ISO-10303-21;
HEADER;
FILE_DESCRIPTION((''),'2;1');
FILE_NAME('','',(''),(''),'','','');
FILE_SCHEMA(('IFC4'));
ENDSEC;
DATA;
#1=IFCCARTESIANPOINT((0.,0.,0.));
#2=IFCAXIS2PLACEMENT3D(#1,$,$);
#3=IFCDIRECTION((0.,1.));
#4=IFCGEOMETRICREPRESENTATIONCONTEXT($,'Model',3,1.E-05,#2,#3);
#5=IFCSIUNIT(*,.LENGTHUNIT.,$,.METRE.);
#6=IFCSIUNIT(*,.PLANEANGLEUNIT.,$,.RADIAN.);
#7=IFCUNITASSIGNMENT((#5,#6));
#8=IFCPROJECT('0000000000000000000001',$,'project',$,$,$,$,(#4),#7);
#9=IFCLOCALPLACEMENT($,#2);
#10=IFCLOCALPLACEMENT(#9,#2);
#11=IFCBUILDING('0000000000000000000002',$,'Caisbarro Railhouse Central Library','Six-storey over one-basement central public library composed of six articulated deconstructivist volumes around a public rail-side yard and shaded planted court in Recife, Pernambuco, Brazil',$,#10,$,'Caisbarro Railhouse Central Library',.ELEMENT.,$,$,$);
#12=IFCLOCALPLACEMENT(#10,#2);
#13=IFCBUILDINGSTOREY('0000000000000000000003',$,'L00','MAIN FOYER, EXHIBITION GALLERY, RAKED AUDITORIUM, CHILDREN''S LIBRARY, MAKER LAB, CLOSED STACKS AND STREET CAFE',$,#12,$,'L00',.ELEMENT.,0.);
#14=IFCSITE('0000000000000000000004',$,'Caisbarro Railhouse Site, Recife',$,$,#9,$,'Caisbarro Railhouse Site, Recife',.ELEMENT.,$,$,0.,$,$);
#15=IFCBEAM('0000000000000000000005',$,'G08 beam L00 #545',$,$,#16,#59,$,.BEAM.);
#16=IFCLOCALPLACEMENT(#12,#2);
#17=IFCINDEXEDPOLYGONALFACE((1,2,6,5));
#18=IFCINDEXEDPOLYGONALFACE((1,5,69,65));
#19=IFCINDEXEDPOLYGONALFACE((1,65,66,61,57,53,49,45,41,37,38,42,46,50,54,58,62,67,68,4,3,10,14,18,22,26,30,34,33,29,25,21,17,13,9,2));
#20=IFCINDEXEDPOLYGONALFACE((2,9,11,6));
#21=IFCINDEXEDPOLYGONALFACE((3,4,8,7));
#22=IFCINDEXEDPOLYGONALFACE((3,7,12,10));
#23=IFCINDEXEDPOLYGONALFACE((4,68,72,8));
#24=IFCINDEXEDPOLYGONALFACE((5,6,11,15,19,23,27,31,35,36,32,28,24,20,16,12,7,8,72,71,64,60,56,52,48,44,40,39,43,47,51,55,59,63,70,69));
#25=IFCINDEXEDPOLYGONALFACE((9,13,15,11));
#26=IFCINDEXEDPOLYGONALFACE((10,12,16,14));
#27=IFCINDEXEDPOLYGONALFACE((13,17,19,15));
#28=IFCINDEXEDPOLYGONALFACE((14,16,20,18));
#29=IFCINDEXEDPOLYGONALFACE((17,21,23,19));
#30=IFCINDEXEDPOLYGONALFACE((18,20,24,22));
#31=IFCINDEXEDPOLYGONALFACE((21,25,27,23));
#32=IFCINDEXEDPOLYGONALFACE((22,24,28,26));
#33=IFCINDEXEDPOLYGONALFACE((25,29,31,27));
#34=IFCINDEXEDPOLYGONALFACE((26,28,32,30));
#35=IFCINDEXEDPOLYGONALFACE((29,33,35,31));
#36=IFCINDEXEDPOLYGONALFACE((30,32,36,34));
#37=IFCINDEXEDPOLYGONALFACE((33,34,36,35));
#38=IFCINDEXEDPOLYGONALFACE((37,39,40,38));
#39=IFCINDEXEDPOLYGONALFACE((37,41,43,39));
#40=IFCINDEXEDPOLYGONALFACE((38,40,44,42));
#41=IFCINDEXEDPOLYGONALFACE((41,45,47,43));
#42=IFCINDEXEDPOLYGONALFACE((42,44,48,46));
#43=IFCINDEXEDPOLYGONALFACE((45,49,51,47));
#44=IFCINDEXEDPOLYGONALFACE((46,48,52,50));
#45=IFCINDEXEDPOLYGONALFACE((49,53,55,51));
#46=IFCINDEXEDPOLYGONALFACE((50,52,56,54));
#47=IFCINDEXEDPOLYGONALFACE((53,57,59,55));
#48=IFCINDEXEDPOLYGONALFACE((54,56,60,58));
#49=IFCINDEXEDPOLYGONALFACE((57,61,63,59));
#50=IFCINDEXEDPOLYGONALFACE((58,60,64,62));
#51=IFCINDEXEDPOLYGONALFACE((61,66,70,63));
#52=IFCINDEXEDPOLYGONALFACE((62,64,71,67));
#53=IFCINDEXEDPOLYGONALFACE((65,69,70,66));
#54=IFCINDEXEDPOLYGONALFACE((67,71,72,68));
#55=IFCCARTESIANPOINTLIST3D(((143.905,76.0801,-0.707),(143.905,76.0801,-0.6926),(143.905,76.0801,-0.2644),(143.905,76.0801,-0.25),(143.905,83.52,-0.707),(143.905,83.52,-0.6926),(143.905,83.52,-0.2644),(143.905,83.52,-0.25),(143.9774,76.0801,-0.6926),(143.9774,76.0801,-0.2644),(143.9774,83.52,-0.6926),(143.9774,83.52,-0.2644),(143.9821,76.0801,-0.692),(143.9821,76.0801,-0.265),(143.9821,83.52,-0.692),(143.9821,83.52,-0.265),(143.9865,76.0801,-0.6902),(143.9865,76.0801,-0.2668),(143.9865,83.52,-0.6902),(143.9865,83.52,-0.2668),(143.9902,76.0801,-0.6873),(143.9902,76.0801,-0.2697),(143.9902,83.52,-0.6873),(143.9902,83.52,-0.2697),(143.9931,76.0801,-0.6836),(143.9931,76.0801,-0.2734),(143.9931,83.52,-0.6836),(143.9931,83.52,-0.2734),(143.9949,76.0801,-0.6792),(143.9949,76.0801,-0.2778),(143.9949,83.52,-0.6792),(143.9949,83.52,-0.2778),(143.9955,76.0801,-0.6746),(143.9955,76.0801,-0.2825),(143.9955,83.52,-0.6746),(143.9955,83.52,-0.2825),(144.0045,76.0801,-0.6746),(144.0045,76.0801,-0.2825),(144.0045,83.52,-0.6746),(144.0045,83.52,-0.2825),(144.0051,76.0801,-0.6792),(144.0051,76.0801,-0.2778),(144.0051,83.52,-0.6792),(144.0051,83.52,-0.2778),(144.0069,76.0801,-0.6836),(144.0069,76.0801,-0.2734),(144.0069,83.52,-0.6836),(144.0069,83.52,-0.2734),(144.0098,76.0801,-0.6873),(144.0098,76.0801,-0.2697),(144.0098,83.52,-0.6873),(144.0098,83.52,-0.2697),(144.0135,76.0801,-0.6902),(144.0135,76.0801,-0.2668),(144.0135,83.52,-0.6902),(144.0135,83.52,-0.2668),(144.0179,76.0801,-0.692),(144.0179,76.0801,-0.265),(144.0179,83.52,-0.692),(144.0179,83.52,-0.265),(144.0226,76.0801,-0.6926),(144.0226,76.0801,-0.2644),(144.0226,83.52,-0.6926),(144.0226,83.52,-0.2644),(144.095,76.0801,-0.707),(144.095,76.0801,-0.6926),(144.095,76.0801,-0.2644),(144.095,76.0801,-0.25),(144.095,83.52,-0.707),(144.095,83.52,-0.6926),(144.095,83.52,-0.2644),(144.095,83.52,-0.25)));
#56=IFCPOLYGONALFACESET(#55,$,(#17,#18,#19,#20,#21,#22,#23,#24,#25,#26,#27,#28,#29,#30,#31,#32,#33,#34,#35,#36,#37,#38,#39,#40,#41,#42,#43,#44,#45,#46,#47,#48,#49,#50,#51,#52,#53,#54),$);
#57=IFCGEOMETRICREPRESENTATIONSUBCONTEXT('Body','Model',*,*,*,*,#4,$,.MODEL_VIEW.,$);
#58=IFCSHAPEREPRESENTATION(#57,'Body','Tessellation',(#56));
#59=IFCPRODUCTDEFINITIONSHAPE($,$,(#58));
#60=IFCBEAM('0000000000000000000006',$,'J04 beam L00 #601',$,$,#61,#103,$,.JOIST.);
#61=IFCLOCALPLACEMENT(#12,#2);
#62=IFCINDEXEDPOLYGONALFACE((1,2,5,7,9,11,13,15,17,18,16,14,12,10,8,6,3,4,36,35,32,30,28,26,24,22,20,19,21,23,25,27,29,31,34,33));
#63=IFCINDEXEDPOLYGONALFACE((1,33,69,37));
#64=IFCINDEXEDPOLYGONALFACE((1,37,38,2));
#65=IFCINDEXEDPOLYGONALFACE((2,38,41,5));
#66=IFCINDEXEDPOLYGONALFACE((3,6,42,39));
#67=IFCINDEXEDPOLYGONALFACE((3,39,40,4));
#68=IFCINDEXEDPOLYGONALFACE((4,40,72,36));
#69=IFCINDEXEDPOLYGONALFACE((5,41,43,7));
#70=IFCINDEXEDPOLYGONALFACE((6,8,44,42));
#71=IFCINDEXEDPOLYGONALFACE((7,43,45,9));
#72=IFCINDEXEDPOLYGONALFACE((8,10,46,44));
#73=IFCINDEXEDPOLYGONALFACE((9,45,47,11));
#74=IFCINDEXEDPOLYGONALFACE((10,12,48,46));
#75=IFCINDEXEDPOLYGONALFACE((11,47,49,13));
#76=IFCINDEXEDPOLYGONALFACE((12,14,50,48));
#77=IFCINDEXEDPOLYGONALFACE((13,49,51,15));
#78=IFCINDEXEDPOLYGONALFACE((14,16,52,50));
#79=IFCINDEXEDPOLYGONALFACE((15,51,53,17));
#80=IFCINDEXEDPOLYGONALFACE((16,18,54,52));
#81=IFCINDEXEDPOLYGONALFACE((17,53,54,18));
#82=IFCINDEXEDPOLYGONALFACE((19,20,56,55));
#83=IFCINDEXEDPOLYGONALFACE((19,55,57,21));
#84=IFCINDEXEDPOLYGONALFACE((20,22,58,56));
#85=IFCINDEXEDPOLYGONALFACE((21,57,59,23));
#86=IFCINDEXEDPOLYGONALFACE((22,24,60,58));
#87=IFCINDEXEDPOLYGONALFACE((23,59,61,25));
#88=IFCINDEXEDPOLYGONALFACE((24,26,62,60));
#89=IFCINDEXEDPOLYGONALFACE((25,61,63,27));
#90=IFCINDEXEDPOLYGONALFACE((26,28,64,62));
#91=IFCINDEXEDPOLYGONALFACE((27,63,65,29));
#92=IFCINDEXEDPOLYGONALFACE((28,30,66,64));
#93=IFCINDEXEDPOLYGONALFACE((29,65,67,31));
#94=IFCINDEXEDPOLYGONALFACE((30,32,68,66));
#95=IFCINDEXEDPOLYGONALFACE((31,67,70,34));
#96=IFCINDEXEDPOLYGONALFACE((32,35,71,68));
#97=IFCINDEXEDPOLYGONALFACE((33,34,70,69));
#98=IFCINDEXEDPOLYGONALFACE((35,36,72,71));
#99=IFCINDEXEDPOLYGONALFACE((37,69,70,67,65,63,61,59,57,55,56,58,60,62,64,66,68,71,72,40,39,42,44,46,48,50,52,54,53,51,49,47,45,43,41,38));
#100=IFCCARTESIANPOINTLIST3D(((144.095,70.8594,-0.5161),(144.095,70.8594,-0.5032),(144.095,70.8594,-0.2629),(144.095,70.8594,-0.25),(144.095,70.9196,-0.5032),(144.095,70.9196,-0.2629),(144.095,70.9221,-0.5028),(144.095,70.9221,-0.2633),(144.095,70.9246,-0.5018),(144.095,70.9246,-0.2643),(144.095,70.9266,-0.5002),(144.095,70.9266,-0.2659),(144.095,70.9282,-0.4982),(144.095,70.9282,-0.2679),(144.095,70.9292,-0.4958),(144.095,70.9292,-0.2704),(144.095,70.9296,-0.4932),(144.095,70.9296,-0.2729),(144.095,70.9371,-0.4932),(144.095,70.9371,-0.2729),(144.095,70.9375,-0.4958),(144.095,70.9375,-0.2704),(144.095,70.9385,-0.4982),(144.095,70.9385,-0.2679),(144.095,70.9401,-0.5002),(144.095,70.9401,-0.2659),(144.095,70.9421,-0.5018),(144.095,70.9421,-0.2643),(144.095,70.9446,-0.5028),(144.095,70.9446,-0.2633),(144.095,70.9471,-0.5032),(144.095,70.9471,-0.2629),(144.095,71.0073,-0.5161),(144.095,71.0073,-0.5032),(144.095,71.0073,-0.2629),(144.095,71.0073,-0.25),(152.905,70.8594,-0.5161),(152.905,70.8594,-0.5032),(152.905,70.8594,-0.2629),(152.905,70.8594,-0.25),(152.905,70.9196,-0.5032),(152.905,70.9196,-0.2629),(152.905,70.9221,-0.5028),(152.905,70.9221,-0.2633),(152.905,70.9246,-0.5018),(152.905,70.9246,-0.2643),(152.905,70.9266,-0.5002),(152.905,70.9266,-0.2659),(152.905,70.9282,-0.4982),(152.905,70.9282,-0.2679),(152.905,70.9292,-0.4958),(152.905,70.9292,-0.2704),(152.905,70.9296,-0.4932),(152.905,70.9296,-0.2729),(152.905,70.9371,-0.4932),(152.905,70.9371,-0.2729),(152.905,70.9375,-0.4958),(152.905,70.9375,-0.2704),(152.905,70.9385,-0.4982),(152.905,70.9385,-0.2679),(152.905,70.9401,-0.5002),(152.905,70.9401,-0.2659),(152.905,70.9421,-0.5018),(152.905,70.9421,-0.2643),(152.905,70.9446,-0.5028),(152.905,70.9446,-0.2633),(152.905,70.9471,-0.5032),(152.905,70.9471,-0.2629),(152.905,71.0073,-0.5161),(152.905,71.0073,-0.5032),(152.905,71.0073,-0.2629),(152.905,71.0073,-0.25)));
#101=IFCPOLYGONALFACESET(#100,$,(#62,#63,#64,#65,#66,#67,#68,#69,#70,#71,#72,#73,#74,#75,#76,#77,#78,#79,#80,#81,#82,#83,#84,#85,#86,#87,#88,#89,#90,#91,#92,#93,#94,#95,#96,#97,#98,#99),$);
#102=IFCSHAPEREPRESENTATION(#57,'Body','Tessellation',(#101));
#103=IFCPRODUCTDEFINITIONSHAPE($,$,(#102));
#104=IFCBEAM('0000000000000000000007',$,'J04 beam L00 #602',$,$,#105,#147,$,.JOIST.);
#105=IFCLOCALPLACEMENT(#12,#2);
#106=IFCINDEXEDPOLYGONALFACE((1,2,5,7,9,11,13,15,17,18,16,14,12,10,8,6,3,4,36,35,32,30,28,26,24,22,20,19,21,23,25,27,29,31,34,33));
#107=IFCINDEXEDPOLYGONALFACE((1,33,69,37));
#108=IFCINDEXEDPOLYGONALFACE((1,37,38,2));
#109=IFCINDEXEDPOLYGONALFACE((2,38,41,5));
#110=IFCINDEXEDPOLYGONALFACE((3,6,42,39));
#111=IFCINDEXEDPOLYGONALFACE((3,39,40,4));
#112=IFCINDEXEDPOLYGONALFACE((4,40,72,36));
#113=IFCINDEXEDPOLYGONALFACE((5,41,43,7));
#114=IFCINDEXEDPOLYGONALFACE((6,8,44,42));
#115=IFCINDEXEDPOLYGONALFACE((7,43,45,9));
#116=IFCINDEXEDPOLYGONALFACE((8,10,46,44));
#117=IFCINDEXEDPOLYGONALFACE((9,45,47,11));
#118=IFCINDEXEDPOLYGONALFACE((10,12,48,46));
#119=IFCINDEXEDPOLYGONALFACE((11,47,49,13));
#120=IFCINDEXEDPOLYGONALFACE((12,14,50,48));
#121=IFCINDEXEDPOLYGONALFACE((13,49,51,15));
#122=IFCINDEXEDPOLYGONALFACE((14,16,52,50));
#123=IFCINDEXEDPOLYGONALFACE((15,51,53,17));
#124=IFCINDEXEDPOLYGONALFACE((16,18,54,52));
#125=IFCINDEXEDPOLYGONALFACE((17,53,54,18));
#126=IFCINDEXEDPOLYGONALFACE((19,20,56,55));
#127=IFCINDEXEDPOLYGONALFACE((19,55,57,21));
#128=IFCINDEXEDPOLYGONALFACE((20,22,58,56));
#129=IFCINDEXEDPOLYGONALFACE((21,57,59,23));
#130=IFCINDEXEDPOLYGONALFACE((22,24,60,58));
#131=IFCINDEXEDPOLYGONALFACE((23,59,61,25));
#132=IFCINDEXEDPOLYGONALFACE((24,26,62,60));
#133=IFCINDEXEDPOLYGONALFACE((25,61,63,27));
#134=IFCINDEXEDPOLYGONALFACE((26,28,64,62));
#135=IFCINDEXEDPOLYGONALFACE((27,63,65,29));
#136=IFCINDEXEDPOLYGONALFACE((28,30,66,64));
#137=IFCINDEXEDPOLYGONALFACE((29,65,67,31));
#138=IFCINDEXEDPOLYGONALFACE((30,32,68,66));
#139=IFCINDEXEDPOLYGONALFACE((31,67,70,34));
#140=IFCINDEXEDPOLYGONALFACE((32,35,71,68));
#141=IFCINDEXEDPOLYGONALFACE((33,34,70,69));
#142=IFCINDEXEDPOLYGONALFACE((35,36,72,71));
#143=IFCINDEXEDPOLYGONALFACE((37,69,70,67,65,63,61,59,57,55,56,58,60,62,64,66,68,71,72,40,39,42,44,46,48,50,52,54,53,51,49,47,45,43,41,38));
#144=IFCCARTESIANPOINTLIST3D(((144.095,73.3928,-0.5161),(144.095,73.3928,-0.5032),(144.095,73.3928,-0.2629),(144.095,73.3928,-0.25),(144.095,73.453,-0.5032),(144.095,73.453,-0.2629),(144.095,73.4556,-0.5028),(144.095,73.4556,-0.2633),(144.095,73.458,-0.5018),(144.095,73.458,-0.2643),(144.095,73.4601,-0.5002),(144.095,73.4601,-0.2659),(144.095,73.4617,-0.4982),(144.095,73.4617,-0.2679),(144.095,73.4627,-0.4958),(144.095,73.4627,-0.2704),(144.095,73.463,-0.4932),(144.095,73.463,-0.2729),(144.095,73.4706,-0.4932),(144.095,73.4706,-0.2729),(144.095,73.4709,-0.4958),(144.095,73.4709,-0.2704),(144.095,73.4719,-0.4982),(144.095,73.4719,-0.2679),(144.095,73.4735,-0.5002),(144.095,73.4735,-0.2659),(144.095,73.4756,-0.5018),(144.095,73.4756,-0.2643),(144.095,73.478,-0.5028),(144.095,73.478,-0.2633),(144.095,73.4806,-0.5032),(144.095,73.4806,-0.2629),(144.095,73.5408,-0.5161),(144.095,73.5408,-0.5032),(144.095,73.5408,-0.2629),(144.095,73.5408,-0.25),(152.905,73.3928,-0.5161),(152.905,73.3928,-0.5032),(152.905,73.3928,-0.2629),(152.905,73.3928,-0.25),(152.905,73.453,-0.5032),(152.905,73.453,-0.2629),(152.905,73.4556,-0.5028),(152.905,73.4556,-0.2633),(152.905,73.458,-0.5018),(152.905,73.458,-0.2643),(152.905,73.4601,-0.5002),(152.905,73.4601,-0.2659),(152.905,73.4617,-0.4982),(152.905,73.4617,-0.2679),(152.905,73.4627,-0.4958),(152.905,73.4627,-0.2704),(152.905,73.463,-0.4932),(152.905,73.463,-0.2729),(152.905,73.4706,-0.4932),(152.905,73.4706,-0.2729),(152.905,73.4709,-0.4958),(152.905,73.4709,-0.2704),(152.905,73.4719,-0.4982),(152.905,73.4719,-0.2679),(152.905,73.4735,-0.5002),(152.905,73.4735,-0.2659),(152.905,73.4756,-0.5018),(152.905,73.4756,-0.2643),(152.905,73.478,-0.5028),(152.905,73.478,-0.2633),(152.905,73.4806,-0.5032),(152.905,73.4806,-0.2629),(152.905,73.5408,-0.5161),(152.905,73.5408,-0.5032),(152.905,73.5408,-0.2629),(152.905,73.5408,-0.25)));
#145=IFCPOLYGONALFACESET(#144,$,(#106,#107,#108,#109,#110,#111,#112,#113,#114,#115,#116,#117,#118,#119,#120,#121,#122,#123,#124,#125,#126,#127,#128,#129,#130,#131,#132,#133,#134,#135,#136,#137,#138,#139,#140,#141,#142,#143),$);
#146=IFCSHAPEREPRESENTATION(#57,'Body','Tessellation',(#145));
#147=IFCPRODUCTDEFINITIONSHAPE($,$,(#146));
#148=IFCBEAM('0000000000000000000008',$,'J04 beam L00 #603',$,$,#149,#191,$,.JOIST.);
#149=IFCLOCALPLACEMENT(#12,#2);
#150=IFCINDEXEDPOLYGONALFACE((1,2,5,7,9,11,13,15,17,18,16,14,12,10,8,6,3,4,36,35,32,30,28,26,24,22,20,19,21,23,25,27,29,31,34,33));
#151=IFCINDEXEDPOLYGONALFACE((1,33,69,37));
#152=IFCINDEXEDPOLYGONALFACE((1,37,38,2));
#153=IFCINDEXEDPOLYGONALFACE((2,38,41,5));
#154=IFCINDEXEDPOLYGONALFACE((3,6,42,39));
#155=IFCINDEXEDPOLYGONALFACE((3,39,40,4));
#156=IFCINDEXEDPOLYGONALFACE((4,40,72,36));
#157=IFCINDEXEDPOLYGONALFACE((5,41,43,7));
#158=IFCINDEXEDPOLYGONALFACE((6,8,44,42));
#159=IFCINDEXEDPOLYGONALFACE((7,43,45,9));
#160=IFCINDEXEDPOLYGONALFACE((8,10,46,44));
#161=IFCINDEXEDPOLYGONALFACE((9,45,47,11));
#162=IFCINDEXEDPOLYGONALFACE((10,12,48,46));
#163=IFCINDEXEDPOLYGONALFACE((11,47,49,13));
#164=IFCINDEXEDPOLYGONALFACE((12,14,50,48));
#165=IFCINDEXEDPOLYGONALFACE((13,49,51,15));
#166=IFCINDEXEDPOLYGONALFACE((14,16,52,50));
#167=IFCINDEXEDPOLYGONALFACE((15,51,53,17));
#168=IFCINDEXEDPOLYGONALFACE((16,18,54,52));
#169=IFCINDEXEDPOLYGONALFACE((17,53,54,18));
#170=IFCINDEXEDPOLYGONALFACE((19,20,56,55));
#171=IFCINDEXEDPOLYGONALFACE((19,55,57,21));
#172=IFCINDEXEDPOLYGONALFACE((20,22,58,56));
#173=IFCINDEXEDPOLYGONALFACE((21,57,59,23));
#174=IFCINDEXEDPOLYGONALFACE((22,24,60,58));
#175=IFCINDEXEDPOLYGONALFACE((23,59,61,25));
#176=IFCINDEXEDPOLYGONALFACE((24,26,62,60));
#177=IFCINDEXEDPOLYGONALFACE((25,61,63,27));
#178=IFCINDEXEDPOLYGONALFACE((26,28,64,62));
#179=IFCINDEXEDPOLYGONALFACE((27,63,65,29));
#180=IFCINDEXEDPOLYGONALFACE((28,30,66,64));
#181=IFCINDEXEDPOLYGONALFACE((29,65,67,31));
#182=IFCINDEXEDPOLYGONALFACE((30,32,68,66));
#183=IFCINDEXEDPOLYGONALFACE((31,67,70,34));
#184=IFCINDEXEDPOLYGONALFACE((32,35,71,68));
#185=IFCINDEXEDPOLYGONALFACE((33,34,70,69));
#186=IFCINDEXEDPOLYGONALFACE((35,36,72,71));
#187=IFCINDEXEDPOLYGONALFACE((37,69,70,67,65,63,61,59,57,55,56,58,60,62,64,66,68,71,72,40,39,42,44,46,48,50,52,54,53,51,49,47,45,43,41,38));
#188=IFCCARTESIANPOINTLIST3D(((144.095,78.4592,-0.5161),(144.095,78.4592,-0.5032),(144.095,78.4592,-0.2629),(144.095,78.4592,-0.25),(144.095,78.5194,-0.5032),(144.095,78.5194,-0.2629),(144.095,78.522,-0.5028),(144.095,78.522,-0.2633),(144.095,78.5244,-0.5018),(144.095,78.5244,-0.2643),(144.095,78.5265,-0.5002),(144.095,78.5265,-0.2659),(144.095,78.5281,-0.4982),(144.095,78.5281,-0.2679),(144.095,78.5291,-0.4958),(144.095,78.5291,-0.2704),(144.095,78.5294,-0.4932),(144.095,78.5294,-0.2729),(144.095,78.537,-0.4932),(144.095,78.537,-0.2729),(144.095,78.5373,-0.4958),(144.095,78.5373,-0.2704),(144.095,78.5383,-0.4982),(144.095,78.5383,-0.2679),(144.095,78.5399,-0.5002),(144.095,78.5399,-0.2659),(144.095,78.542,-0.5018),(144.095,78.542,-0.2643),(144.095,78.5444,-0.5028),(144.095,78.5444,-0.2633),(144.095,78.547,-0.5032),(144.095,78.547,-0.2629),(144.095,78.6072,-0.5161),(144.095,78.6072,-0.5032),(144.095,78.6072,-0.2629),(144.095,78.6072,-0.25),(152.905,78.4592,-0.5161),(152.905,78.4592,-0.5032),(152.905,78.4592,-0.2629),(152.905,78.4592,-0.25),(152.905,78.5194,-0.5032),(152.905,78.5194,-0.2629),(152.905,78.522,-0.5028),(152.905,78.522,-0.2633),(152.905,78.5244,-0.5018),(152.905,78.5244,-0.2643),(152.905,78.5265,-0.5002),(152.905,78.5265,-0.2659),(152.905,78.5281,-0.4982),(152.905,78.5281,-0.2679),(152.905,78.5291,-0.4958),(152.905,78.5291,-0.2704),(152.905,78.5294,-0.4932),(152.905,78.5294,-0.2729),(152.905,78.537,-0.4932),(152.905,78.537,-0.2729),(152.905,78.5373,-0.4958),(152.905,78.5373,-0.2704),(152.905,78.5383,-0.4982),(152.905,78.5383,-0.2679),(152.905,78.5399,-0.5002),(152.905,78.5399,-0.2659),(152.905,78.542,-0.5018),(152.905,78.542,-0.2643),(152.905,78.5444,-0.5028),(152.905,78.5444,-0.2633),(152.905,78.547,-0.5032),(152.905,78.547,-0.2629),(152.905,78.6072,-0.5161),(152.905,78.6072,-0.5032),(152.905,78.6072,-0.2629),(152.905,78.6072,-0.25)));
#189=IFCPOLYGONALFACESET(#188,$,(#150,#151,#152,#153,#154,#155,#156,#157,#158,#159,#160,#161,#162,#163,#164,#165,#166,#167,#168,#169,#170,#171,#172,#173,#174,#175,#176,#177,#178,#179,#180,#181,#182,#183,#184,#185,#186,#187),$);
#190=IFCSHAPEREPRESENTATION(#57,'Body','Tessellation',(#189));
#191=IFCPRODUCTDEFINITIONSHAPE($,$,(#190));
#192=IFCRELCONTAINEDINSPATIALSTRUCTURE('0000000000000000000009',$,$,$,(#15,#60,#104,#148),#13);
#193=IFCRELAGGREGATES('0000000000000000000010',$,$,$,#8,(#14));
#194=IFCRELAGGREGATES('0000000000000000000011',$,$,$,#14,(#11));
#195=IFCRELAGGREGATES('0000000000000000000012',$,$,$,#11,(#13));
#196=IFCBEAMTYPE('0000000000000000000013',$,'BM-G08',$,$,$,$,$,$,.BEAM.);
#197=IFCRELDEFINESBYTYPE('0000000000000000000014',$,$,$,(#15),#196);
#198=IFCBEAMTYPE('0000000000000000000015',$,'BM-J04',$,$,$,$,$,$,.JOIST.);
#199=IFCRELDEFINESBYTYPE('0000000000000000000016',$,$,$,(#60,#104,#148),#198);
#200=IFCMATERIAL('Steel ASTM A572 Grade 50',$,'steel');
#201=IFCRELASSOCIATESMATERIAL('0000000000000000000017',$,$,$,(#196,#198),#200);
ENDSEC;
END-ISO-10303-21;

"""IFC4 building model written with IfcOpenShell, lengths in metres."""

from ifc_helpers import new_model, si_unit, direction, frame, origin, origin_2d, place, context, subcontext, project, spatial, i_section, extrude, material, material_profile, profile_set, type_object, element, save


model = new_model("IFC4")

# Units and contexts
model_context = context("Model", 3, precision=1e-05, world=origin(), true_north=direction((0.0, 1.0)))
body_context = subcontext(model_context, "Body", "Model", "MODEL_VIEW")
ifc_project = project(units=[si_unit("LENGTHUNIT", "METRE"), si_unit("PLANEANGLEUNIT", "RADIAN")], contexts=[model_context])

# Site, building, storey
site_placement = place(None, origin())
site = spatial("IfcSite", under=ifc_project, at=site_placement, Name="Caisbarro Railhouse Site, Recife", LongName="Caisbarro Railhouse Site, Recife", CompositionType="ELEMENT", RefElevation=0.0)
building_placement = place(site_placement, origin())
building = spatial("IfcBuilding", under=site, at=building_placement, Name="Caisbarro Railhouse Central Library", Description="Six-storey over one-basement central public library composed of six articulated deconstructivist volumes around a public rail-side yard and shaded planted court in Recife, Pernambuco, Brazil", LongName="Caisbarro Railhouse Central Library", CompositionType="ELEMENT")
storey_placement = place(building_placement, origin())
storey = spatial("IfcBuildingStorey", under=building, at=storey_placement, Name="L00", Description="MAIN FOYER, EXHIBITION GALLERY, RAKED AUDITORIUM, CHILDREN'S LIBRARY, MAKER LAB, CLOSED STACKS AND STREET CAFE", LongName="L00", CompositionType="ELEMENT", Elevation=0.0)

# Shared definitions
ifc_material_1 = material(Name="Steel ASTM A572 Grade 50", Category="steel")

# Beams
ifc_material_profile_1 = material_profile(ifc_material_1, i_section(OverallWidth=0.1899, OverallDepth=0.457, WebThickness=0.009, FlangeThickness=0.0144, FilletRadius=0.0181, at=origin_2d()), Name="W460X74.0")
ifc_profile_set_1 = profile_set([ifc_material_profile_1], Name="Steel ASTM A572 Grade 50")
beam_type_1 = type_object("IfcBeamType", Name="BM-G08", PredefinedType="BEAM", material=ifc_profile_set_1)
beam_1_placement = place(storey_placement, frame((144.0, 76.0801, -0.4785), z_axis=(0.0, 1.0, 0.0), x_axis=(-1.0, 0.0, 0.0)))
element("IfcBeam", 1, at=beam_1_placement, inside=storey, type_object=beam_type_1, Name="G08 beam L00 #545", PredefinedType="BEAM", context=body_context, shape_type="SweptSolid", body=[
    extrude(i_section(OverallWidth=0.1899, OverallDepth=0.457, WebThickness=0.009, FlangeThickness=0.0144, FilletRadius=0.0181, at=origin_2d()), origin(), (0.0, 0.0, 1.0), 7.4399),
])
ifc_material_profile_2 = material_profile(ifc_material_1, i_section(OverallWidth=0.1479, OverallDepth=0.2661, WebThickness=0.0076, FlangeThickness=0.0129, FilletRadius=0.01, at=origin_2d()), Name="W250X44.8")
ifc_profile_set_2 = profile_set([ifc_material_profile_2], Name="Steel ASTM A572 Grade 50")
beam_type_2 = type_object("IfcBeamType", Name="BM-J04", PredefinedType="JOIST", material=ifc_profile_set_2)
for number, where, z_axis, x_axis, name in (
    (2, (144.095, 70.9333, -0.3831), (1.0, 0.0, 0.0), (0.0, 1.0, 0.0), "J04 beam L00 #601"),
    (3, (144.095, 73.4668, -0.3831), (1.0, 0.0, 0.0), (0.0, 1.0, 0.0), "J04 beam L00 #602"),
    (4, (144.095, 78.5332, -0.3831), (1.0, 0.0, 0.0), (0.0, 1.0, 0.0), "J04 beam L00 #603"),
):
    element("IfcBeam", number, at=place(storey_placement, frame(where, z_axis=z_axis, x_axis=x_axis)), inside=storey, type_object=beam_type_2, Name=name, PredefinedType="JOIST", context=body_context, shape_type="SweptSolid", body=[
        extrude(i_section(OverallWidth=0.1479, OverallDepth=0.2661, WebThickness=0.0076, FlangeThickness=0.0129, FilletRadius=0.01, at=origin_2d()), origin(), (0.0, 0.0, 1.0), 8.8101),
    ])

save(model, "model.ifc")
